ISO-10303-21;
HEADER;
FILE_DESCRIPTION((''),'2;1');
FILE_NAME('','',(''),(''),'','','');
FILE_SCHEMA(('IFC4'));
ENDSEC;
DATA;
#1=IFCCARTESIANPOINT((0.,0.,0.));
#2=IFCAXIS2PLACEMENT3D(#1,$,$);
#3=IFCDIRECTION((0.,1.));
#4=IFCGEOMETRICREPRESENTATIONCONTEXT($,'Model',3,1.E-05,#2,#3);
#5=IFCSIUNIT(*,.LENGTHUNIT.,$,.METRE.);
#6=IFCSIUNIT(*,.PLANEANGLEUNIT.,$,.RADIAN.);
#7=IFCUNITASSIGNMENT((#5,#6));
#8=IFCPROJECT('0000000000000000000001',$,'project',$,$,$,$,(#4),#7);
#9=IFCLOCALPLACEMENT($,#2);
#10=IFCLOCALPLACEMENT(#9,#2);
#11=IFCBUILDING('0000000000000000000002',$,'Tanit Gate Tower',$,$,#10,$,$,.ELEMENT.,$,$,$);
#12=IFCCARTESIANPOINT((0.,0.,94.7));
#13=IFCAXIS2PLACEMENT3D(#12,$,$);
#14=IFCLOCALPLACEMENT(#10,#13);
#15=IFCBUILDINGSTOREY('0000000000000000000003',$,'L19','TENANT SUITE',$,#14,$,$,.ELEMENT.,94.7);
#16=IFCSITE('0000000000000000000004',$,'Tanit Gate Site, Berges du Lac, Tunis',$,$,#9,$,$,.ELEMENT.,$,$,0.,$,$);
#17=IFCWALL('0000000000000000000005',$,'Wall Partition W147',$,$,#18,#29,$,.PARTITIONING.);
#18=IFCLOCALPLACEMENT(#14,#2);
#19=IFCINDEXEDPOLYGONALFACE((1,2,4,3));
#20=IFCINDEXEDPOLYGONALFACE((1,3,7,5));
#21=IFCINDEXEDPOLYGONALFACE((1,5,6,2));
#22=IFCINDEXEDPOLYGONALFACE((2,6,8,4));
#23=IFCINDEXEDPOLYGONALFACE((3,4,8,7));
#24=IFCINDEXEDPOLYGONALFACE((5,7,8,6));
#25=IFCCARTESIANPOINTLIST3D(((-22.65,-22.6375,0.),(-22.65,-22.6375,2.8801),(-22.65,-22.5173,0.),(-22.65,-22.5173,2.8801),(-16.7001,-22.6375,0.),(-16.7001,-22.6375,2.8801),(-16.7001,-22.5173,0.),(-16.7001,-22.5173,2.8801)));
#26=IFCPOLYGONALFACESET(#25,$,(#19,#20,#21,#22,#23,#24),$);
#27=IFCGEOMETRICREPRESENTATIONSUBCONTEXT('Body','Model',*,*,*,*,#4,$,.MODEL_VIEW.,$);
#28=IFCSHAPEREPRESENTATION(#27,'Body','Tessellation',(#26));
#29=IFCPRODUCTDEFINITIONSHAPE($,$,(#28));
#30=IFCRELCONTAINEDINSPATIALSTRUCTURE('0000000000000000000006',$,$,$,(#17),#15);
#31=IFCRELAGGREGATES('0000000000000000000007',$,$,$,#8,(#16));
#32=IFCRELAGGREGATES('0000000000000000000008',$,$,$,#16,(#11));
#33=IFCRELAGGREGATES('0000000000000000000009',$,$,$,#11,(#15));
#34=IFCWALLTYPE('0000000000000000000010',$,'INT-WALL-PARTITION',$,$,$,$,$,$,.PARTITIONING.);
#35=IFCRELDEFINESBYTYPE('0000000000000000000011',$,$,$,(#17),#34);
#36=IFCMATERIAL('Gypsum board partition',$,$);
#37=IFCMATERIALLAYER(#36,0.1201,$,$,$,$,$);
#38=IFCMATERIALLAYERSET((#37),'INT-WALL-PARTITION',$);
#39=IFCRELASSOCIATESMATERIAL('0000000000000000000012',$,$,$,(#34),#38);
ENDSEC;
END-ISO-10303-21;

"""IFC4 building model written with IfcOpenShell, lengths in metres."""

from ifc_helpers import new_model, si_unit, direction, frame, frame_2d, origin, place, context, subcontext, project, spatial, rectangle, extrude, material, layer, layer_set, type_object, element, save


model = new_model("IFC4")

# Units and contexts
model_context = context("Model", 3, precision=1e-05, world=origin(), true_north=direction((0.0, 1.0)))
body_context = subcontext(model_context, "Body", "Model", "MODEL_VIEW")
ifc_project = project(units=[si_unit("LENGTHUNIT", "METRE"), si_unit("PLANEANGLEUNIT", "RADIAN")], contexts=[model_context])

# Site, building, storey
site_placement = place(None, origin())
site = spatial("IfcSite", under=ifc_project, at=site_placement, Name="Tanit Gate Site, Berges du Lac, Tunis", CompositionType="ELEMENT", RefElevation=0.0)
building_placement = place(site_placement, origin())
building = spatial("IfcBuilding", under=site, at=building_placement, Name="Tanit Gate Tower", CompositionType="ELEMENT")
storey_placement = place(building_placement, frame((0.0, 0.0, 94.7)))
storey = spatial("IfcBuildingStorey", under=building, at=storey_placement, Name="L19", Description="TENANT SUITE", CompositionType="ELEMENT", Elevation=94.7)

# Wall
ifc_material_1 = material(Name="Gypsum board partition")
ifc_layer_1 = layer(ifc_material_1, 0.1201)
ifc_layer_set_1 = layer_set([ifc_layer_1], Name="INT-WALL-PARTITION")
wall_type_1 = type_object("IfcWallType", Name="INT-WALL-PARTITION", PredefinedType="PARTITIONING", material=ifc_layer_set_1)
wall_1_placement = place(storey_placement, frame((-16.7, -22.5774, 0.0), z_axis=(0.0, 0.0, 1.0), x_axis=(-1.0, 0.0, 0.0)))
element("IfcWall", 1, at=wall_1_placement, inside=storey, type_object=wall_type_1, Name="Wall Partition W147", PredefinedType="PARTITIONING", context=body_context, shape_type="SweptSolid", body=[
    extrude(rectangle(XDim=5.95, YDim=0.1201, at=frame_2d((2.9751, 0.0))), origin(), (0.0, 0.0, 1.0), 2.8801),
])

save(model, "model.ifc")
